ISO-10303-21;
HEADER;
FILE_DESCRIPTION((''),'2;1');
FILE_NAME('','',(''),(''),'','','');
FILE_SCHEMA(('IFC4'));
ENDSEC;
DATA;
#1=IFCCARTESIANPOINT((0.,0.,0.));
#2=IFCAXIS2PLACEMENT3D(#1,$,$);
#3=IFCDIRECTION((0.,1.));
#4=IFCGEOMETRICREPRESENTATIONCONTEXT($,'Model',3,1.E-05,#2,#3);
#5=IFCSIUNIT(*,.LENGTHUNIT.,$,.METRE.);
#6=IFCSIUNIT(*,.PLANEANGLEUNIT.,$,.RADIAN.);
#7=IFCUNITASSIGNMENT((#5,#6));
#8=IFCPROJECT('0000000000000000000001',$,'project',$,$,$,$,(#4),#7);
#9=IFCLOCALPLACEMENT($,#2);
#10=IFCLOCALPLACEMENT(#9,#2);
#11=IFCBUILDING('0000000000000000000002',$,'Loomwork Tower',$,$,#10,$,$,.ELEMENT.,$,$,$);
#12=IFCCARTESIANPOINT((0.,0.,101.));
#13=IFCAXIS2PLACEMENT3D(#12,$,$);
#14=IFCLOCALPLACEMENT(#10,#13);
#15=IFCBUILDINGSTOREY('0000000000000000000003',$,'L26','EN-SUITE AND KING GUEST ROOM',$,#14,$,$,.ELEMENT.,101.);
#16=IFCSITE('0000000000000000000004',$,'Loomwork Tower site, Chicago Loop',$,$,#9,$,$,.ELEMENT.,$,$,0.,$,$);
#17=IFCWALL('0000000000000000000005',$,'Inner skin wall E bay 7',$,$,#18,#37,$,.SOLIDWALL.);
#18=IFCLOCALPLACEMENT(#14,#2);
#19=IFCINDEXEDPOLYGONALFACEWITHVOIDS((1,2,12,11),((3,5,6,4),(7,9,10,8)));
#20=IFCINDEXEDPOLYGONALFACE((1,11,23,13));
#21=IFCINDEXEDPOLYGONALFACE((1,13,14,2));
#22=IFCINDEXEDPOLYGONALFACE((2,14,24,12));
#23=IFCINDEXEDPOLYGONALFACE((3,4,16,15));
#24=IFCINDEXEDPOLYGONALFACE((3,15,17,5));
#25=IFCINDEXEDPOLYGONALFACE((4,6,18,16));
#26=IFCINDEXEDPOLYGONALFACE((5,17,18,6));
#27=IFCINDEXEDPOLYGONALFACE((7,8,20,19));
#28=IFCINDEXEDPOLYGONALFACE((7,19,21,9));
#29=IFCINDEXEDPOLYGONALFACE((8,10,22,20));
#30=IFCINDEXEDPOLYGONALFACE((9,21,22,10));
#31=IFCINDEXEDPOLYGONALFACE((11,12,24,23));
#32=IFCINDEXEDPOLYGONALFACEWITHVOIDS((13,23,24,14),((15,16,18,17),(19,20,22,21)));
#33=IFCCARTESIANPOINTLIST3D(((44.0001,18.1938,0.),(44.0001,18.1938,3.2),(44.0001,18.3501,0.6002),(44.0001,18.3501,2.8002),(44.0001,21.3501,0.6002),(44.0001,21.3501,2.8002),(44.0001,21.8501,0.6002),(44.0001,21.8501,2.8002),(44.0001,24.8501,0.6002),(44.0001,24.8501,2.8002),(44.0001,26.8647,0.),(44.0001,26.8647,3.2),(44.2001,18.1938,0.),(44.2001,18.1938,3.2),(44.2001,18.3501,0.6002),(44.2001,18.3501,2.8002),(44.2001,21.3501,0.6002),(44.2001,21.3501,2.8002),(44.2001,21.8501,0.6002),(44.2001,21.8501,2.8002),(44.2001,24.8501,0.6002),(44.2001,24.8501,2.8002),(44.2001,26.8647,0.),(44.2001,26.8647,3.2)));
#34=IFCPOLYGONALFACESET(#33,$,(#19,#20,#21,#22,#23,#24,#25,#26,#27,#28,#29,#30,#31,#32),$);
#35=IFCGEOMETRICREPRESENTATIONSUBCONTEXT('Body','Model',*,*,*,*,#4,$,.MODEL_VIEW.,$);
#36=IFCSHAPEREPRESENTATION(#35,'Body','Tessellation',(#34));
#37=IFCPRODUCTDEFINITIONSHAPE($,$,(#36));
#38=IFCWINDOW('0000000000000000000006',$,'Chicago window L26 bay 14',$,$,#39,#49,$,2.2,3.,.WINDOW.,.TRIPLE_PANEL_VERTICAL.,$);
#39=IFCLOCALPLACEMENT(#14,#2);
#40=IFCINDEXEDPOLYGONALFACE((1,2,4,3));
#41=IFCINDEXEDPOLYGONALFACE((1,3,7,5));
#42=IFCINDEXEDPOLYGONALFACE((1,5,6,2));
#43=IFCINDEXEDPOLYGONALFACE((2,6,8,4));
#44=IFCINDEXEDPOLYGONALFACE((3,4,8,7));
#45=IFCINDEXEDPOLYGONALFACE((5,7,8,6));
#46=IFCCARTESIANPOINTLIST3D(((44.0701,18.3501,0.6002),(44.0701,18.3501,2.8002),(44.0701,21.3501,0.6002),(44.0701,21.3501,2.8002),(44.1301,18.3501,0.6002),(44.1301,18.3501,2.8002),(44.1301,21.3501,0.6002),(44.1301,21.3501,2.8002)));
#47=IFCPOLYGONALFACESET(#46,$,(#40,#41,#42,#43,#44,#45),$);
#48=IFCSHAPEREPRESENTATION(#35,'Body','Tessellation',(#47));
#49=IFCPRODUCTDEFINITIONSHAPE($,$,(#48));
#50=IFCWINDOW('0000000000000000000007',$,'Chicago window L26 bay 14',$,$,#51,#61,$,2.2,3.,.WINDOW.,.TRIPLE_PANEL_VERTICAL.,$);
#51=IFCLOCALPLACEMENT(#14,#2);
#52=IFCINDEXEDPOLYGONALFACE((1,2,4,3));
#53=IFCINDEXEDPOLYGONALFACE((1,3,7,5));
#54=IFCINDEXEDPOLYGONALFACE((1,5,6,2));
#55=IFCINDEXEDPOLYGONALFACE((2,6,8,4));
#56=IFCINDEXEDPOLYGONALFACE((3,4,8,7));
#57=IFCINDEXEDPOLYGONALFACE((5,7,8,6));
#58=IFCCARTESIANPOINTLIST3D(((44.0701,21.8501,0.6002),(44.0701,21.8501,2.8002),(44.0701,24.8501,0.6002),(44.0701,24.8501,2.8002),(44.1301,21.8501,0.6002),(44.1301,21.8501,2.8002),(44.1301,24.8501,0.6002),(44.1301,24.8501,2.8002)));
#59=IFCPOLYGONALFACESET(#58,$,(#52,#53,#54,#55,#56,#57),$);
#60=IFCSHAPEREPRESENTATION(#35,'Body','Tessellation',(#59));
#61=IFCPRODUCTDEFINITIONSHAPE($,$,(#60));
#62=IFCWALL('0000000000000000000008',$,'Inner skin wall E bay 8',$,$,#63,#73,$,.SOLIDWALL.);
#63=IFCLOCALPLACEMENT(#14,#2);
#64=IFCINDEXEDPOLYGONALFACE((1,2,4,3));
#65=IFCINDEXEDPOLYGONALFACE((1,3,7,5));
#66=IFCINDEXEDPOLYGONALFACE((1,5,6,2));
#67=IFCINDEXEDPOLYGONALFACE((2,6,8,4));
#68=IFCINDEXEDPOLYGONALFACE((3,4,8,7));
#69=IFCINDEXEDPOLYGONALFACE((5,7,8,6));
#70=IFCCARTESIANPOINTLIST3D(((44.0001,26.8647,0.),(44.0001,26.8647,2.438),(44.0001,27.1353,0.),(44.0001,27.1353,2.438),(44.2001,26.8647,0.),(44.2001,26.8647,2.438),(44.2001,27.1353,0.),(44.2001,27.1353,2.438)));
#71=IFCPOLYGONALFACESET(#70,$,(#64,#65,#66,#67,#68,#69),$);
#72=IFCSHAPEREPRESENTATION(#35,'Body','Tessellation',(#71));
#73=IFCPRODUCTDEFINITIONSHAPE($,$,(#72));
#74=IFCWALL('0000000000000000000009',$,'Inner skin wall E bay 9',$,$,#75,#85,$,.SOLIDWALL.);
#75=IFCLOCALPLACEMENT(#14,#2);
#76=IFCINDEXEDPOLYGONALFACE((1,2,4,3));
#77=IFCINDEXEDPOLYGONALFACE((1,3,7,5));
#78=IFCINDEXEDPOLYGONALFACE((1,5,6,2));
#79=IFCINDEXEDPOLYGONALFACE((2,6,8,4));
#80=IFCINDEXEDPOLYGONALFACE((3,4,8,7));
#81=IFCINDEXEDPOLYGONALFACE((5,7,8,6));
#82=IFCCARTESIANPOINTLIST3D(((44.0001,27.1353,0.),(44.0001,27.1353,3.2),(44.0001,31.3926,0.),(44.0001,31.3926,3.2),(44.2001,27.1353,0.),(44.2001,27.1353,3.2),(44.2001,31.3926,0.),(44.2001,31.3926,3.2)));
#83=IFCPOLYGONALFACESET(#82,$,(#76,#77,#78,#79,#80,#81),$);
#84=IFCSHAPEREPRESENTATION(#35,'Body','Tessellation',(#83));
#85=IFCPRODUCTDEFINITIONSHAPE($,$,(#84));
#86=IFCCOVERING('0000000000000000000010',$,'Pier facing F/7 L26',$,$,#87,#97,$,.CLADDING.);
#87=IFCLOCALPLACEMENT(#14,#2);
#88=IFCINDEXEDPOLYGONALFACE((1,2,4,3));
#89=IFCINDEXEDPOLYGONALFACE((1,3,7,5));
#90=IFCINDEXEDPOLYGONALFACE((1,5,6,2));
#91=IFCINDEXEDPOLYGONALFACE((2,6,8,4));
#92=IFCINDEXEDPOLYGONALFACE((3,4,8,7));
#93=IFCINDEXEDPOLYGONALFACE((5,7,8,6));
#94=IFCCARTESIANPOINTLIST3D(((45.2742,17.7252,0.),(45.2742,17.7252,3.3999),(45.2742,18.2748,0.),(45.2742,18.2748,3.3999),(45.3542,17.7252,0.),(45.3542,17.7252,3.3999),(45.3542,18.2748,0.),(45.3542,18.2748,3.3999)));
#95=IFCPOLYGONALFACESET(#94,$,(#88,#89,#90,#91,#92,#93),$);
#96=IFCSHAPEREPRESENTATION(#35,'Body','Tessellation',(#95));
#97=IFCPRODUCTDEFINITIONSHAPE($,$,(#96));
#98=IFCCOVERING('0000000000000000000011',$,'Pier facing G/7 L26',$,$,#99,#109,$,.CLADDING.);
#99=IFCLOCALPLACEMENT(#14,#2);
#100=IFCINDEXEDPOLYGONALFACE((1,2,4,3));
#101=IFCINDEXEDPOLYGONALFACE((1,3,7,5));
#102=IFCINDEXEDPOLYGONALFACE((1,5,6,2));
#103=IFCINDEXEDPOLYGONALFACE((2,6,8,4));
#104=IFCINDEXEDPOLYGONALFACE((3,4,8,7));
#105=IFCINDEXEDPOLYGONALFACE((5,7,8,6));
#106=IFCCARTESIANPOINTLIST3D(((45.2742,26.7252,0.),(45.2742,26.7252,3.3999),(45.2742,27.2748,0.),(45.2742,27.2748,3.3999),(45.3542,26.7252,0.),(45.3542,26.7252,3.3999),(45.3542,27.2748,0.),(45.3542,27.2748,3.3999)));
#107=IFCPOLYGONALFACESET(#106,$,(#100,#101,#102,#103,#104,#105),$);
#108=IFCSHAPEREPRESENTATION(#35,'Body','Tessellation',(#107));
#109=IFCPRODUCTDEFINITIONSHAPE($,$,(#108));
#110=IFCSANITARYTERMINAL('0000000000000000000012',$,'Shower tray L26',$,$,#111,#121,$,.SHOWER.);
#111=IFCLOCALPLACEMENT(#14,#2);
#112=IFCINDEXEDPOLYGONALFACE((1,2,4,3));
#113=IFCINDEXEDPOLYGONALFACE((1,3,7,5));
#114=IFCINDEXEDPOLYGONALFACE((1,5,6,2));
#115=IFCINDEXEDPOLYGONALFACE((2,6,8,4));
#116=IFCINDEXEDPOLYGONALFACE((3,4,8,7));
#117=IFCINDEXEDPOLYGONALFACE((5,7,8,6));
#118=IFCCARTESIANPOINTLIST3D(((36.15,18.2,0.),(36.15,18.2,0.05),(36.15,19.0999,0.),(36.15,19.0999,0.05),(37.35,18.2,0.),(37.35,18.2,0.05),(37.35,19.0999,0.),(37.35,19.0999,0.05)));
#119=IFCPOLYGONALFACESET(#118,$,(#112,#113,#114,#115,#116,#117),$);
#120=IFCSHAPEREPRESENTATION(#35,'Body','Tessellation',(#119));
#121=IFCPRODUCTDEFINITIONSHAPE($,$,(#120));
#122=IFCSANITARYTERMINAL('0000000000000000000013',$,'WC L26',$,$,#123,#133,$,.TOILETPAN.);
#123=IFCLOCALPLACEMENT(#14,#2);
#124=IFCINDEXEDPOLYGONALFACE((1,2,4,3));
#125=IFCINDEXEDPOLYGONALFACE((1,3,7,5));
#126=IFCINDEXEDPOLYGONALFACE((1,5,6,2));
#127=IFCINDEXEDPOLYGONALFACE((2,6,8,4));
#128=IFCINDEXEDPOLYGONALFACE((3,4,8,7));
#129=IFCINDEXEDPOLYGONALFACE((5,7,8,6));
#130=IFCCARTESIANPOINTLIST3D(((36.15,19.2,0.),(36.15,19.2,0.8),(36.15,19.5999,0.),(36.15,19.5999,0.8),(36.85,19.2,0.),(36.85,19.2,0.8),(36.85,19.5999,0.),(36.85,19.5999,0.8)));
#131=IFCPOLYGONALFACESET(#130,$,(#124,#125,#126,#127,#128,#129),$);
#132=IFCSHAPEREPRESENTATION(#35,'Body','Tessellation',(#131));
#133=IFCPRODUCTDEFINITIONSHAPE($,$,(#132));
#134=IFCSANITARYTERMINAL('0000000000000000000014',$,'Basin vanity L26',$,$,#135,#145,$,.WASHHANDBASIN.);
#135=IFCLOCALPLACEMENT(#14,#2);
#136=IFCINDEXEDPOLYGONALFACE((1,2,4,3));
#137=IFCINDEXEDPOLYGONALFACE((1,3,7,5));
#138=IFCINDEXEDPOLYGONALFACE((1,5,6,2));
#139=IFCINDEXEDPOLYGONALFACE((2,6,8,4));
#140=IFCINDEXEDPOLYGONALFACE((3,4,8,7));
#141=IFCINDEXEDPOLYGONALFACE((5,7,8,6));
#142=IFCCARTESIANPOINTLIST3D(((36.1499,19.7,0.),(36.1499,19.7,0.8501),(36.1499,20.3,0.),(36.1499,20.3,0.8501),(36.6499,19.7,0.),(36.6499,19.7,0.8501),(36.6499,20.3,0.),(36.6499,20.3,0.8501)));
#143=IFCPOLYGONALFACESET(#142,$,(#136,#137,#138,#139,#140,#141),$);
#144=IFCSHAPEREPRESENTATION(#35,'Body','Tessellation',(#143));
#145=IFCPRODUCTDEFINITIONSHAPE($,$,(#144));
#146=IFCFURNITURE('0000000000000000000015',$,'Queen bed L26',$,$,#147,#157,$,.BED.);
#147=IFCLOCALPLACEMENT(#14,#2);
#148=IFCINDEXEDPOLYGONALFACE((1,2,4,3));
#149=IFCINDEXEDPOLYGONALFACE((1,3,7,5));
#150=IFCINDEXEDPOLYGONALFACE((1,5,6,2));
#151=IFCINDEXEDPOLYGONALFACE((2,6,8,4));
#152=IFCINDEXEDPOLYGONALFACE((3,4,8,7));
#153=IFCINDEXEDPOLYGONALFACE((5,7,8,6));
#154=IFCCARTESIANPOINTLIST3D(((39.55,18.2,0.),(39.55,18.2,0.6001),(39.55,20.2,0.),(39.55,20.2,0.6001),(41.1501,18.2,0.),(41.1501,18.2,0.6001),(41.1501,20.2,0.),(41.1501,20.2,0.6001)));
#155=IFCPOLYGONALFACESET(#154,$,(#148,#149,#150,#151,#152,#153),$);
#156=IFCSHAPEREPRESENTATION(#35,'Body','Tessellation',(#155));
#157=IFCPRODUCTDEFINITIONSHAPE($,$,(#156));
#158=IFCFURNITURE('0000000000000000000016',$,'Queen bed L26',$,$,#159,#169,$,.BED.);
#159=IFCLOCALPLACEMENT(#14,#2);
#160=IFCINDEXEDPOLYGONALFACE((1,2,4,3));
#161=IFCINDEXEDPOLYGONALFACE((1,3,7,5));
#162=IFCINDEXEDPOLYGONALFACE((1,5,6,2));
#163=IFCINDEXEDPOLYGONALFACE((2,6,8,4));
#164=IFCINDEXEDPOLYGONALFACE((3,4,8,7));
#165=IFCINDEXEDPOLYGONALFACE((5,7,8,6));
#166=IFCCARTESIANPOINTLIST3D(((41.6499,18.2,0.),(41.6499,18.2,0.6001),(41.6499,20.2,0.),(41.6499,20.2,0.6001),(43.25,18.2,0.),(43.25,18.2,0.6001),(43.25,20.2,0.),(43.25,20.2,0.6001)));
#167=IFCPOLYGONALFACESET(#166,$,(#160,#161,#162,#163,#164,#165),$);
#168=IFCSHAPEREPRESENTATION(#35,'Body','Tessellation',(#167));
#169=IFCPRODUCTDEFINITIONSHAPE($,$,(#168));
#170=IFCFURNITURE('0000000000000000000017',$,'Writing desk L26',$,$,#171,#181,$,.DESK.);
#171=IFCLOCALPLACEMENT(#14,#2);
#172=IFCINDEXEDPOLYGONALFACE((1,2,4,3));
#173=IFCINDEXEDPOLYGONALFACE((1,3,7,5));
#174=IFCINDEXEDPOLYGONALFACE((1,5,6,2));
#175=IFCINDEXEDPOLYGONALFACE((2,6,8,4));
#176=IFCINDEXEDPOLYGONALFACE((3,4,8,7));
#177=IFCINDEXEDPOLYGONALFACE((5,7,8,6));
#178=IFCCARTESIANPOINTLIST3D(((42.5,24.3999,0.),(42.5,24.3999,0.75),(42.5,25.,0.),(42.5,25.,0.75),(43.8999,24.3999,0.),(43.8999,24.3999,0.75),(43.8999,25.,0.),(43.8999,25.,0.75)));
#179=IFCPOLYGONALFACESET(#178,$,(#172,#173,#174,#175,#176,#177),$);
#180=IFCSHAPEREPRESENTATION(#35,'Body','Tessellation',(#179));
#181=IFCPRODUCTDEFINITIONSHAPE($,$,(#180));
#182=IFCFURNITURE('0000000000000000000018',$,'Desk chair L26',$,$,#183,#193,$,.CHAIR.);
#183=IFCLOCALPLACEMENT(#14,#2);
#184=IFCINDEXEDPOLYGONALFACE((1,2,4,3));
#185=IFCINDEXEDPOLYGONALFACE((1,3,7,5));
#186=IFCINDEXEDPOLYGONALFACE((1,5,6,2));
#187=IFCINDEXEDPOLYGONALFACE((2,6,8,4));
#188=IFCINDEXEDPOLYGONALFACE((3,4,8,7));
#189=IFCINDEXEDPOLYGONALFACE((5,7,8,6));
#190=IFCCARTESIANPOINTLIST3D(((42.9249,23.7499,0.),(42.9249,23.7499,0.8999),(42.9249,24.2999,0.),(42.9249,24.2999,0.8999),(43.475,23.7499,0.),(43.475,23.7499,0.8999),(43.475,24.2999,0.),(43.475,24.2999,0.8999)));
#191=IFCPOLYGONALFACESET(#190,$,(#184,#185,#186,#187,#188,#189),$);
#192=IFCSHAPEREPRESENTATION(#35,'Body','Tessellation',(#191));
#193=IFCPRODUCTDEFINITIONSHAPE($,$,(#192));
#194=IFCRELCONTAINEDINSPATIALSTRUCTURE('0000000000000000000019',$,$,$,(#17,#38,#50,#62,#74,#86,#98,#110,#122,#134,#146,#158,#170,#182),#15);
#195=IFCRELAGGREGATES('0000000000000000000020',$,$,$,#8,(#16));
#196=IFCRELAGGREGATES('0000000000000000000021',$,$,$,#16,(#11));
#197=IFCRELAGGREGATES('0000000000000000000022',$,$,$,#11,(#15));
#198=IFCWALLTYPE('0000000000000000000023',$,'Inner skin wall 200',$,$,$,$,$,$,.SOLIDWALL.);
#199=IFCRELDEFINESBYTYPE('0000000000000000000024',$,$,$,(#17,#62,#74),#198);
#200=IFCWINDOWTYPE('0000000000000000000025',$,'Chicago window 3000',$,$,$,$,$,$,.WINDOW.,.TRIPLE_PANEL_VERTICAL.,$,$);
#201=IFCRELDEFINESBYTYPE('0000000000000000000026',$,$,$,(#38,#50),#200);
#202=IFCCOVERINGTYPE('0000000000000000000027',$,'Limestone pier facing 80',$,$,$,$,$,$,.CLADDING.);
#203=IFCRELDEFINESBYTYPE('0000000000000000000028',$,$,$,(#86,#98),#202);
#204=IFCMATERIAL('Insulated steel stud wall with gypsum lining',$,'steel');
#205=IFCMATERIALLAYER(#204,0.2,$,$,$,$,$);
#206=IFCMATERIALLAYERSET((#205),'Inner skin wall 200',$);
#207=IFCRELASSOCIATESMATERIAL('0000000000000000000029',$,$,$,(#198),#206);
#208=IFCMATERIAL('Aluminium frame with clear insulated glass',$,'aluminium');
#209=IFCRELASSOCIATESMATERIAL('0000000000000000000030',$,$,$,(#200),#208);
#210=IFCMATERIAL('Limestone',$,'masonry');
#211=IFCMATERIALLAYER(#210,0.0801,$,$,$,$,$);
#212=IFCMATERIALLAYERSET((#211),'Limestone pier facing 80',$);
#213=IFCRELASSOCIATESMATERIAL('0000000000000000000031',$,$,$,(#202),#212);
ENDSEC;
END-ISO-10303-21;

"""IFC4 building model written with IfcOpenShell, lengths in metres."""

from ifc_helpers import new_model, si_unit, direction, frame, frame_2d, origin, origin_2d, place, context, subcontext, project, spatial, rectangle, extrude, material, layer, layer_set, type_object, element, fill, save


model = new_model("IFC4")

# Units and contexts
model_context = context("Model", 3, precision=1e-05, world=origin(), true_north=direction((0.0, 1.0)))
body_context = subcontext(model_context, "Body", "Model", "MODEL_VIEW")
ifc_project = project(units=[si_unit("LENGTHUNIT", "METRE"), si_unit("PLANEANGLEUNIT", "RADIAN")], contexts=[model_context])

# Site, building, storey
site_placement = place(None, origin())
site = spatial("IfcSite", under=ifc_project, at=site_placement, Name="Loomwork Tower site, Chicago Loop", CompositionType="ELEMENT", RefElevation=0.0)
building_placement = place(site_placement, origin())
building = spatial("IfcBuilding", under=site, at=building_placement, Name="Loomwork Tower", CompositionType="ELEMENT")
storey_placement = place(building_placement, frame((0.0, 0.0, 101.0)))
storey = spatial("IfcBuildingStorey", under=building, at=storey_placement, Name="L26", Description="EN-SUITE AND KING GUEST ROOM", CompositionType="ELEMENT", Elevation=101.0)

# Wall, openings, windows
ifc_material_1 = material(Name="Insulated steel stud wall with gypsum lining", Category="steel")
ifc_layer_1 = layer(ifc_material_1, 0.2)
ifc_layer_set_1 = layer_set([ifc_layer_1], Name="Inner skin wall 200")
wall_type_1 = type_object("IfcWallType", Name="Inner skin wall 200", PredefinedType="SOLIDWALL", material=ifc_layer_set_1)
wall_1_placement = place(storey_placement, frame((44.1001, 18.1938, 0.0), z_axis=(0.0, 0.0, 1.0), x_axis=(0.0, 1.0, 0.0)))
wall_1 = element("IfcWall", 1, at=wall_1_placement, inside=storey, type_object=wall_type_1, Name="Inner skin wall E bay 7", PredefinedType="SOLIDWALL", context=body_context, shape_type="SweptSolid", body=[
    extrude(rectangle(XDim=8.6709, YDim=0.2, at=frame_2d((4.3354, 0.0))), origin(), (0.0, 0.0, 1.0), 3.2),
])
opening_1_placement = place(wall_1_placement, frame((0.1562, 0.0, 0.6001)))
opening_1 = element("IfcOpeningElement", 2, at=opening_1_placement, cuts=wall_1, PredefinedType="OPENING", context=body_context, shape_type="SweptSolid", body=[
    extrude(rectangle(XDim=3.0, YDim=2.2, at=frame_2d((1.5, 1.1001))), frame((0.0, 0.1099, 0.0), z_axis=(0.0, -1.0, 0.0), x_axis=(1.0, 0.0, 0.0)), (0.0, 0.0, 1.0), 0.22),
])
opening_2_placement = place(wall_1_placement, frame((3.6562, 0.0, 0.6001)))
opening_2 = element("IfcOpeningElement", 3, at=opening_2_placement, cuts=wall_1, PredefinedType="OPENING", context=body_context, shape_type="SweptSolid", body=[
    extrude(rectangle(XDim=3.0, YDim=2.2, at=frame_2d((1.5, 1.1001))), frame((0.0, 0.1099, 0.0), z_axis=(0.0, -1.0, 0.0), x_axis=(1.0, 0.0, 0.0)), (0.0, 0.0, 1.0), 0.22),
])
ifc_material_2 = material(Name="Aluminium frame with clear insulated glass", Category="aluminium")
window_type = type_object("IfcWindowType", Name="Chicago window 3000", PartitioningType="TRIPLE_PANEL_VERTICAL", PredefinedType="WINDOW", material=ifc_material_2)
window_1_placement = place(opening_1_placement, origin())
window_1 = element("IfcWindow", 4, at=window_1_placement, inside=storey, type_object=window_type, Name="Chicago window L26 bay 14", OverallHeight=2.2, OverallWidth=3.0, PartitioningType="TRIPLE_PANEL_VERTICAL", PredefinedType="WINDOW", context=body_context, shape_type="SweptSolid", body=[
    extrude(rectangle(XDim=3.0, YDim=2.2, at=frame_2d((1.5, 1.1001))), frame((0.0, 0.03, 0.0), z_axis=(0.0, -1.0, 0.0), x_axis=(1.0, 0.0, 0.0)), (0.0, 0.0, 1.0), 0.0601),
])
fill(opening_1, window_1)
window_2_placement = place(opening_2_placement, origin())
window_2 = element("IfcWindow", 5, at=window_2_placement, inside=storey, type_object=window_type, Name="Chicago window L26 bay 14", OverallHeight=2.2, OverallWidth=3.0, PartitioningType="TRIPLE_PANEL_VERTICAL", PredefinedType="WINDOW", context=body_context, shape_type="SweptSolid", body=[
    extrude(rectangle(XDim=3.0, YDim=2.2, at=frame_2d((1.5, 1.1001))), frame((0.0, 0.03, 0.0), z_axis=(0.0, -1.0, 0.0), x_axis=(1.0, 0.0, 0.0)), (0.0, 0.0, 1.0), 0.0601),
])
fill(opening_2, window_2)

# Walls
wall_2_placement = place(storey_placement, frame((44.1001, 26.8647, 0.0), z_axis=(0.0, 0.0, 1.0), x_axis=(0.0, 1.0, 0.0)))
element("IfcWall", 6, at=wall_2_placement, inside=storey, type_object=wall_type_1, Name="Inner skin wall E bay 8", PredefinedType="SOLIDWALL", context=body_context, shape_type="SweptSolid", body=[
    extrude(rectangle(XDim=0.2705, YDim=0.2, at=frame_2d((0.1353, 0.0))), origin(), (0.0, 0.0, 1.0), 2.438),
])
wall_3_placement = place(storey_placement, frame((44.1001, 27.1353, 0.0), z_axis=(0.0, 0.0, 1.0), x_axis=(0.0, 1.0, 0.0)))
element("IfcWall", 7, at=wall_3_placement, inside=storey, type_object=wall_type_1, Name="Inner skin wall E bay 9", PredefinedType="SOLIDWALL", context=body_context, shape_type="SweptSolid", body=[
    extrude(rectangle(XDim=4.2573, YDim=0.2, at=frame_2d((2.1287, 0.0))), origin(), (0.0, 0.0, 1.0), 3.2),
])

# Coverings
ifc_material_3 = material(Name="Limestone", Category="masonry")
ifc_layer_2 = layer(ifc_material_3, 0.0801)
ifc_layer_set_2 = layer_set([ifc_layer_2], Name="Limestone pier facing 80")
covering_type = type_object("IfcCoveringType", Name="Limestone pier facing 80", PredefinedType="CLADDING", material=ifc_layer_set_2)
for number, where, z_axis, x_axis, name in (
    (8, (45.3142, 18.0, 0.0), (0.0, 0.0, 1.0), (1.0, 0.0, 0.0), "Pier facing F/7 L26"),
    (9, (45.3142, 27.0, 0.0), (0.0, 0.0, 1.0), (1.0, 0.0, 0.0), "Pier facing G/7 L26"),
):
    element("IfcCovering", number, at=place(storey_placement, frame(where, z_axis=z_axis, x_axis=x_axis)), inside=storey, type_object=covering_type, Name=name, PredefinedType="CLADDING", context=body_context, shape_type="SweptSolid", body=[
        extrude(rectangle(XDim=0.0801, YDim=0.5496, at=origin_2d()), origin(), (0.0, 0.0, 1.0), 3.3999),
    ])

# Sanitary terminals
sanitary_terminal_1_placement = place(storey_placement, frame((36.75, 18.6499, 0.0), z_axis=(0.0, 0.0, 1.0), x_axis=(1.0, 0.0, 0.0)))
element("IfcSanitaryTerminal", 10, at=sanitary_terminal_1_placement, inside=storey, Name="Shower tray L26", PredefinedType="SHOWER", context=body_context, shape_type="SweptSolid", body=[
    extrude(rectangle(XDim=1.2, YDim=0.8999, at=origin_2d()), origin(), (0.0, 0.0, 1.0), 0.05),
])
sanitary_terminal_2_placement = place(storey_placement, frame((36.5, 19.3999, 0.0), z_axis=(0.0, 0.0, 1.0), x_axis=(1.0, 0.0, 0.0)))
element("IfcSanitaryTerminal", 11, at=sanitary_terminal_2_placement, inside=storey, Name="WC L26", PredefinedType="TOILETPAN", context=body_context, shape_type="SweptSolid", body=[
    extrude(rectangle(XDim=0.7, YDim=0.3999, at=origin_2d()), origin(), (0.0, 0.0, 1.0), 0.8),
])
sanitary_terminal_3_placement = place(storey_placement, frame((36.3999, 20.0, 0.0), z_axis=(0.0, 0.0, 1.0), x_axis=(1.0, 0.0, 0.0)))
element("IfcSanitaryTerminal", 12, at=sanitary_terminal_3_placement, inside=storey, Name="Basin vanity L26", PredefinedType="WASHHANDBASIN", context=body_context, shape_type="SweptSolid", body=[
    extrude(rectangle(XDim=0.5, YDim=0.6001, at=origin_2d()), origin(), (0.0, 0.0, 1.0), 0.8501),
])

# Furniture
for number, where, z_axis, x_axis, name in (
    (13, (40.3501, 19.2, 0.0), (0.0, 0.0, 1.0), (1.0, 0.0, 0.0), "Queen bed L26"),
    (14, (42.45, 19.2, 0.0), (0.0, 0.0, 1.0), (1.0, 0.0, 0.0), "Queen bed L26"),
):
    element("IfcFurniture", number, at=place(storey_placement, frame(where, z_axis=z_axis, x_axis=x_axis)), inside=storey, Name=name, PredefinedType="BED", context=body_context, shape_type="SweptSolid", body=[
        extrude(rectangle(XDim=1.6001, YDim=2.0, at=origin_2d()), origin(), (0.0, 0.0, 1.0), 0.6001),
    ])
furniture_1_placement = place(storey_placement, frame((43.2, 24.7, 0.0), z_axis=(0.0, 0.0, 1.0), x_axis=(1.0, 0.0, 0.0)))
element("IfcFurniture", 15, at=furniture_1_placement, inside=storey, Name="Writing desk L26", PredefinedType="DESK", context=body_context, shape_type="SweptSolid", body=[
    extrude(rectangle(XDim=1.3999, YDim=0.6001, at=origin_2d()), origin(), (0.0, 0.0, 1.0), 0.75),
])
furniture_2_placement = place(storey_placement, frame((43.2, 24.0249, 0.0), z_axis=(0.0, 0.0, 1.0), x_axis=(1.0, 0.0, 0.0)))
element("IfcFurniture", 16, at=furniture_2_placement, inside=storey, Name="Desk chair L26", PredefinedType="CHAIR", context=body_context, shape_type="SweptSolid", body=[
    extrude(rectangle(XDim=0.55, YDim=0.55, at=origin_2d()), origin(), (0.0, 0.0, 1.0), 0.8999),
])

save(model, "model.ifc")
